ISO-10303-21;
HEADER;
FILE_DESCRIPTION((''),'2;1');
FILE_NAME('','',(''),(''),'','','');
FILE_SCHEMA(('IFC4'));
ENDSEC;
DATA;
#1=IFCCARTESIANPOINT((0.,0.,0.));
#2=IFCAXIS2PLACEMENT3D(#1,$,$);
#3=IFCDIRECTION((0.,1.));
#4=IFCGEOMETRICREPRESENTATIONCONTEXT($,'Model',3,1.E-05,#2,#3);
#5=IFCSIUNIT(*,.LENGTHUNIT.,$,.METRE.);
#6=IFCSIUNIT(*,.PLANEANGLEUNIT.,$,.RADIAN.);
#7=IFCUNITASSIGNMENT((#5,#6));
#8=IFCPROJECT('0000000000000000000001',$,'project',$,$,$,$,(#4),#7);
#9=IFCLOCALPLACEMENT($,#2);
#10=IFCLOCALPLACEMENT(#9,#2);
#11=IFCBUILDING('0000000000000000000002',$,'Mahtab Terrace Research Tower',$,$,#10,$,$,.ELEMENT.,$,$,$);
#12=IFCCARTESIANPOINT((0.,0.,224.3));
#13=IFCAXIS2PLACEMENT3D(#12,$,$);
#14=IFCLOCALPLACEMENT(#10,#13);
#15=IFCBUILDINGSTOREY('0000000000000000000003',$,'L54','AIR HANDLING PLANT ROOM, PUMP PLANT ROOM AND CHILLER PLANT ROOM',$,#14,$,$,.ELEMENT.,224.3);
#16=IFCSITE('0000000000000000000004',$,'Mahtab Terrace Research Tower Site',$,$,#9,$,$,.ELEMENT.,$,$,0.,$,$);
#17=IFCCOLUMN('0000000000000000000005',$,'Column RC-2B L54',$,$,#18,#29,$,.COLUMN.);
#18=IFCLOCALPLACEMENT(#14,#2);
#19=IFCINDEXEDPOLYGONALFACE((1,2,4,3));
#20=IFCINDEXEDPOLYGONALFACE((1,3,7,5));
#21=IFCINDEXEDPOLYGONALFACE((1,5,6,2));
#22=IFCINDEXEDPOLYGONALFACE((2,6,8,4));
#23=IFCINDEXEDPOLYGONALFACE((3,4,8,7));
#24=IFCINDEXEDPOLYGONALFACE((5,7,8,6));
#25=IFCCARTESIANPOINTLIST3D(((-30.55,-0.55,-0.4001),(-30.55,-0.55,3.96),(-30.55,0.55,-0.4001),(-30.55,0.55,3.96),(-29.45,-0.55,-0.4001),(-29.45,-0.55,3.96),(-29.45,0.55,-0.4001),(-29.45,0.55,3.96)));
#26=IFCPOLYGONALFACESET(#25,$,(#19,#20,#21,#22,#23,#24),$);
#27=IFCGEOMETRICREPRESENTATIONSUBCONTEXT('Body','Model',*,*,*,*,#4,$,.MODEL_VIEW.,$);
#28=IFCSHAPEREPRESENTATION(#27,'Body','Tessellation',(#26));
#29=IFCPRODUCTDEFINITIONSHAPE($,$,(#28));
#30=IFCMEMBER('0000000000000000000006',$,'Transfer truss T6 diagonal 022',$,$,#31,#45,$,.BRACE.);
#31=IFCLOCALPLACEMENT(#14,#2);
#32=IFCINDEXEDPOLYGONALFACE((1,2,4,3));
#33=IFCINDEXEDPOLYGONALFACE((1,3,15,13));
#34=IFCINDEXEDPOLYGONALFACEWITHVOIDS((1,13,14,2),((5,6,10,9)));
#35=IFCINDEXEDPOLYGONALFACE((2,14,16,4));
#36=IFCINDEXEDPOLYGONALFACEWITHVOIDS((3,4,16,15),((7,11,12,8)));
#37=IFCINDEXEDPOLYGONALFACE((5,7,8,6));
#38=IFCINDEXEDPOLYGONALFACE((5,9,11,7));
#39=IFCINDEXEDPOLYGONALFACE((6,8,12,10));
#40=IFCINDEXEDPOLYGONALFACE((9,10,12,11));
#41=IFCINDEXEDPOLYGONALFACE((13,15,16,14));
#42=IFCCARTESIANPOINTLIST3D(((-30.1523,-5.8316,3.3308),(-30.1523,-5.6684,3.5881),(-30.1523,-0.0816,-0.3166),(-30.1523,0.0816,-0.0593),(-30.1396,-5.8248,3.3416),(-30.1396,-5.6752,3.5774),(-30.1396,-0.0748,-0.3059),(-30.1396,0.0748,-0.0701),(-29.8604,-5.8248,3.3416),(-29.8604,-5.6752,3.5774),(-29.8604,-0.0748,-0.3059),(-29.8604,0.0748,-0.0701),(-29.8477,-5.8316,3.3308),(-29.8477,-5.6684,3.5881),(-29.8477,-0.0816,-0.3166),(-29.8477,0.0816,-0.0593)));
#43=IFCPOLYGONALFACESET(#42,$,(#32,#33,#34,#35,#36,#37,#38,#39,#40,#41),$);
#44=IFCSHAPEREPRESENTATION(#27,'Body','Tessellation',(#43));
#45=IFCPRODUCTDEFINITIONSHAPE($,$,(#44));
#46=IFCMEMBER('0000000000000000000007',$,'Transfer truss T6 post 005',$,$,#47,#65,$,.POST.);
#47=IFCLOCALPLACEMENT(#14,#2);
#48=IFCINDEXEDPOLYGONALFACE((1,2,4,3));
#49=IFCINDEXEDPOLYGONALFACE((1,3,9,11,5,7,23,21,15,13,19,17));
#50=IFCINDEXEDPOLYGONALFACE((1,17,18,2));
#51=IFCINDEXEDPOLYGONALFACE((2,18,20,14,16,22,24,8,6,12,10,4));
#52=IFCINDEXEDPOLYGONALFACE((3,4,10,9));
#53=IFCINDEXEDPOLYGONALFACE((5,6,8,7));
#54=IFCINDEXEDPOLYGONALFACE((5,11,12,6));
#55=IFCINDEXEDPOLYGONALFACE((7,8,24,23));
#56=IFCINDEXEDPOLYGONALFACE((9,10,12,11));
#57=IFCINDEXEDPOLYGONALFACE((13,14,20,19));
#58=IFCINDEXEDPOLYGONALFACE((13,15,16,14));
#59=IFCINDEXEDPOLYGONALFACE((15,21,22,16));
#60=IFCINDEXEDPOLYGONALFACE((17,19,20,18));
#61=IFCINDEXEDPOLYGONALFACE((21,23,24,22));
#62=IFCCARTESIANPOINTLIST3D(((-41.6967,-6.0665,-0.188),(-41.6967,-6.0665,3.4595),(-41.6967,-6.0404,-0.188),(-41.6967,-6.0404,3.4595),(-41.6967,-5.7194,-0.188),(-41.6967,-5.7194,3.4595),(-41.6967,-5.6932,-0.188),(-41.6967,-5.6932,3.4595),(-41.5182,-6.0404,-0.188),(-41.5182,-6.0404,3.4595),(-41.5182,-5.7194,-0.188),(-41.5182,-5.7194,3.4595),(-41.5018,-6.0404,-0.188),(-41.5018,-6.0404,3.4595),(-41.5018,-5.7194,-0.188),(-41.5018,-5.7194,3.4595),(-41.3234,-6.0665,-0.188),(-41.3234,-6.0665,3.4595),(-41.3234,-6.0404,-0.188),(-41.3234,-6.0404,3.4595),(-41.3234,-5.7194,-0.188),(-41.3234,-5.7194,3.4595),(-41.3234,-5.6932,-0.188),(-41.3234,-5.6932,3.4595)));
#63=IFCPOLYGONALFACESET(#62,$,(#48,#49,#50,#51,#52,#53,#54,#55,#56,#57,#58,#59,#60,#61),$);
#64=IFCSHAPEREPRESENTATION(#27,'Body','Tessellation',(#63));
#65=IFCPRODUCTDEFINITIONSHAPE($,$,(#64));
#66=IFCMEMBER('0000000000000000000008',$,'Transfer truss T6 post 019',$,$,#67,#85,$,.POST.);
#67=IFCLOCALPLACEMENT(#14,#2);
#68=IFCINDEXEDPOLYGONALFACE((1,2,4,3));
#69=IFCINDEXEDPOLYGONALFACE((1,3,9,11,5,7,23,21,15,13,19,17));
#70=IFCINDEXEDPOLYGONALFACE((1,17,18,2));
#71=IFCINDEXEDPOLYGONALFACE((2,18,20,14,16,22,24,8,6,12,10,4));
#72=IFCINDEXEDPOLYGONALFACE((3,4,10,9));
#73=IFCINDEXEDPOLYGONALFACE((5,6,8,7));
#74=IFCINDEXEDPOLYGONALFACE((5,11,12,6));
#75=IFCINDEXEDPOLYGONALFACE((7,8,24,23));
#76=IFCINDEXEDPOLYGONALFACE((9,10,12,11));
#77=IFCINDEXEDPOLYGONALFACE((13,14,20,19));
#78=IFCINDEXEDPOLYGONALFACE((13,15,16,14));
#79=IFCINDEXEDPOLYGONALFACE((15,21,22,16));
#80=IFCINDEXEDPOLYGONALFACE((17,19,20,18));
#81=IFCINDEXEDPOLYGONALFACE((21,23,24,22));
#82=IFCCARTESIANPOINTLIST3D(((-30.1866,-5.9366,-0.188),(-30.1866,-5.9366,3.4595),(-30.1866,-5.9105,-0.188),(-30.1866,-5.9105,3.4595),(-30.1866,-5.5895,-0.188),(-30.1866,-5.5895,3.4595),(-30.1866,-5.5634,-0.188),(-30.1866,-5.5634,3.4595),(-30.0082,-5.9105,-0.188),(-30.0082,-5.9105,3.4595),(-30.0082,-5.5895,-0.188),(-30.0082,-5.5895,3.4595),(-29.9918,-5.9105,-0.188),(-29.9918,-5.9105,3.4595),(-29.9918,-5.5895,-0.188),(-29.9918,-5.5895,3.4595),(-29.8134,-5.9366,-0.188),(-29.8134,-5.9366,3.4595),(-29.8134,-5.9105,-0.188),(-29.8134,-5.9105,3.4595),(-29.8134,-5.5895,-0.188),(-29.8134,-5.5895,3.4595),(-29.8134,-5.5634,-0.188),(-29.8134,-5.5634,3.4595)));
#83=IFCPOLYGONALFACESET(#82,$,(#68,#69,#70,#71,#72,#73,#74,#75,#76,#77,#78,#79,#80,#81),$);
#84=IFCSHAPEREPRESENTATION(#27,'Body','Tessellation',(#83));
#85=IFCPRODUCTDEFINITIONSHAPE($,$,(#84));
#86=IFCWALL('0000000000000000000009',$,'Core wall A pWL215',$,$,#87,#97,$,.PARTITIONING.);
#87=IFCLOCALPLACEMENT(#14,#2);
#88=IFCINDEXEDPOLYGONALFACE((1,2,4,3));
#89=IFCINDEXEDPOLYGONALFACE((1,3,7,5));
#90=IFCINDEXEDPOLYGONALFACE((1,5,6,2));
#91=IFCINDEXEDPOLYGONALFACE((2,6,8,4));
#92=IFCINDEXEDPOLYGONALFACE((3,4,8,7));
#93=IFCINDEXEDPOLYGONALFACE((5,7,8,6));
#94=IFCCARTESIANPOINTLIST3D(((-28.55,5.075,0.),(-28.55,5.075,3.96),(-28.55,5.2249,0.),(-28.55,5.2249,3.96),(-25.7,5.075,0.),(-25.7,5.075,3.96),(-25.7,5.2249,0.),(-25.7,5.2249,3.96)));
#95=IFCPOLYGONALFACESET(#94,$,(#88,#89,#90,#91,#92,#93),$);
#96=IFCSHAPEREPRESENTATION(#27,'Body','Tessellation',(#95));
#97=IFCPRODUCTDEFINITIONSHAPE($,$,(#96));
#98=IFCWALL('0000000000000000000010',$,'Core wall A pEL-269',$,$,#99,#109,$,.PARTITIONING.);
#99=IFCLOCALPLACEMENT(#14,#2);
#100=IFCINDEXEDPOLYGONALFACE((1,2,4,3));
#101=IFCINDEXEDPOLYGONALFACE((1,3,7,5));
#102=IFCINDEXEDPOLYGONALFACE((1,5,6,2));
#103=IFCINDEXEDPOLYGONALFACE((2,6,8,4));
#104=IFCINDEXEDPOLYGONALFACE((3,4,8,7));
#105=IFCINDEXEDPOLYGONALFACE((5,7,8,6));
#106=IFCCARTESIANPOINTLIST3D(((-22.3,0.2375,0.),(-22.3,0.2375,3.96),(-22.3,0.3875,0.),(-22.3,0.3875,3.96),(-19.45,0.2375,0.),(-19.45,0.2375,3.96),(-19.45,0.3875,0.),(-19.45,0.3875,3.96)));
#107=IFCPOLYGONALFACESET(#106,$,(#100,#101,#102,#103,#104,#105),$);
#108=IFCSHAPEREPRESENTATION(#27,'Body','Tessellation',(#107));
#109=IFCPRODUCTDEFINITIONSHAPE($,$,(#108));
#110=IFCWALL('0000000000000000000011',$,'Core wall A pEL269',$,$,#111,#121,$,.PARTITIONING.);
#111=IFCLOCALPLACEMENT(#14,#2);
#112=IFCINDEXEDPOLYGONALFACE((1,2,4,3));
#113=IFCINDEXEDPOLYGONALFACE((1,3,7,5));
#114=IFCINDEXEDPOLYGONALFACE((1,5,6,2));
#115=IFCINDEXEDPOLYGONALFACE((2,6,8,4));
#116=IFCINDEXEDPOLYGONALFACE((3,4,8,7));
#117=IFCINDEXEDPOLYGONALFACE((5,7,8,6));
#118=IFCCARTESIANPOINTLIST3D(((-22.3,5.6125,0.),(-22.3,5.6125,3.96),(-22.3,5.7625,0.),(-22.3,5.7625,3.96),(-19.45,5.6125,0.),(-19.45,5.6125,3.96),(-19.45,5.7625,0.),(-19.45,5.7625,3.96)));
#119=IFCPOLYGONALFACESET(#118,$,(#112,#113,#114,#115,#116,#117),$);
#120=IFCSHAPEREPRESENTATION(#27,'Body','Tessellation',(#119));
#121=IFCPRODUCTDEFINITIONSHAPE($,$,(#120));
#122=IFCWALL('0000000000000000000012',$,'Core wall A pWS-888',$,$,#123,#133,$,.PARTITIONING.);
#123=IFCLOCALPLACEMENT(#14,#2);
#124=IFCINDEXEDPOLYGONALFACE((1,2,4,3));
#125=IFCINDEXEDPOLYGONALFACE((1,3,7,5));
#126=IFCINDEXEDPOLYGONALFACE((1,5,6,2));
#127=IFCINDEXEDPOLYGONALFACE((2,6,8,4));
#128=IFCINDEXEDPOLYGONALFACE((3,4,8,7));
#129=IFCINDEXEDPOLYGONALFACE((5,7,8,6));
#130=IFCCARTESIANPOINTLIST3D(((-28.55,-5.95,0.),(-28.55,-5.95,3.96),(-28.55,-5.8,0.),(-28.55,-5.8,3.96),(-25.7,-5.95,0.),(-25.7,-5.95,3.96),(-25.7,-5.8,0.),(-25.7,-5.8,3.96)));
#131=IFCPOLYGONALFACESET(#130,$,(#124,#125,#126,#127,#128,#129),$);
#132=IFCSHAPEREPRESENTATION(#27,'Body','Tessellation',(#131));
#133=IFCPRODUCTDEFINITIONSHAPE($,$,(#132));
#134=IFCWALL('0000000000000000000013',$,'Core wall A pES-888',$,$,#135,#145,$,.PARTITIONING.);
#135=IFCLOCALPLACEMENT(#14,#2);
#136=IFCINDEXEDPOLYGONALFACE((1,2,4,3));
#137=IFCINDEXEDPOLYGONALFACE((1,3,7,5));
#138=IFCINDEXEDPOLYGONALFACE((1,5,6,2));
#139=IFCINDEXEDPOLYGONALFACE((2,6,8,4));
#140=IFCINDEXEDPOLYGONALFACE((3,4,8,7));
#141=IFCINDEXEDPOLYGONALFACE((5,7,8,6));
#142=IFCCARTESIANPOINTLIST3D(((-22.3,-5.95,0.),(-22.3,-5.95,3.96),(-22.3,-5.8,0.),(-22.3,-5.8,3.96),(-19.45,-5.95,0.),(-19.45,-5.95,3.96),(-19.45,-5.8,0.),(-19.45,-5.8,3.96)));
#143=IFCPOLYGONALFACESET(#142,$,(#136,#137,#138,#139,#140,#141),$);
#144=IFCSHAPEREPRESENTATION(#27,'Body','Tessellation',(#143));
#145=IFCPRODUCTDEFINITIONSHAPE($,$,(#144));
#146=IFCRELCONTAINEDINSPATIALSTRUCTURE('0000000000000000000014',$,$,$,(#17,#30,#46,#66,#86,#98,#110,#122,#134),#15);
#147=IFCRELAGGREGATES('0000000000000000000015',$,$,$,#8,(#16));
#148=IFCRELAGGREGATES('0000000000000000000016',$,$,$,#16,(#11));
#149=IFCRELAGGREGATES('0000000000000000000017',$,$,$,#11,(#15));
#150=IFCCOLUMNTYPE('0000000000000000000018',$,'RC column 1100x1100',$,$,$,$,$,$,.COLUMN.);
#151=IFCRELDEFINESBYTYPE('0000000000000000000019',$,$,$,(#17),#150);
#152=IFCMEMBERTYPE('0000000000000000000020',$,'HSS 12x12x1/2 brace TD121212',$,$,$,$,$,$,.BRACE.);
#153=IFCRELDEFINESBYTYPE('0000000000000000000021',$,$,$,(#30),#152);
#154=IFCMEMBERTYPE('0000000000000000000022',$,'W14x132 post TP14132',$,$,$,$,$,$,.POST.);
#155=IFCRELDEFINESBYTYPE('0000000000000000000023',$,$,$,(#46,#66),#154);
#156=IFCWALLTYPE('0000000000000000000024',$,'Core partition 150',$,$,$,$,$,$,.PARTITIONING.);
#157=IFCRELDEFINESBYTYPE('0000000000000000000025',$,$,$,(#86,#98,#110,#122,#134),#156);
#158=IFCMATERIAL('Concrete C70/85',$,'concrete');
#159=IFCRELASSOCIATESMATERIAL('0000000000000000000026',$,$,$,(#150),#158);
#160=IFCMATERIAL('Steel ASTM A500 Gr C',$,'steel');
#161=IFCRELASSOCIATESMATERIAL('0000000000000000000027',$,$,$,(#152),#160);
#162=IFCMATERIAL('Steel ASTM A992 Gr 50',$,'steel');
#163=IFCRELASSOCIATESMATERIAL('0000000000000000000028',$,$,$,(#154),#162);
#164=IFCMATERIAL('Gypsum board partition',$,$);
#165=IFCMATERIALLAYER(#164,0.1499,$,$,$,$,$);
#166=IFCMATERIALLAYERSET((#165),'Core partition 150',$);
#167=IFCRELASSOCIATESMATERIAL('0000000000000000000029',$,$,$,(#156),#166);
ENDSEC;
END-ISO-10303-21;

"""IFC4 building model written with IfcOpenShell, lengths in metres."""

from ifc_helpers import new_model, si_unit, direction, frame, frame_2d, origin, origin_2d, place, context, subcontext, project, spatial, rectangle, hollow_rectangle, i_section, extrude, material, layer, layer_set, material_profile, profile_set, type_object, element, save


model = new_model("IFC4")

# Units and contexts
model_context = context("Model", 3, precision=1e-05, world=origin(), true_north=direction((0.0, 1.0)))
body_context = subcontext(model_context, "Body", "Model", "MODEL_VIEW")
ifc_project = project(units=[si_unit("LENGTHUNIT", "METRE"), si_unit("PLANEANGLEUNIT", "RADIAN")], contexts=[model_context])

# Site, building, storey
site_placement = place(None, origin())
site = spatial("IfcSite", under=ifc_project, at=site_placement, Name="Mahtab Terrace Research Tower Site", CompositionType="ELEMENT", RefElevation=0.0)
building_placement = place(site_placement, origin())
building = spatial("IfcBuilding", under=site, at=building_placement, Name="Mahtab Terrace Research Tower", CompositionType="ELEMENT")
storey_placement = place(building_placement, frame((0.0, 0.0, 224.3)))
storey = spatial("IfcBuildingStorey", under=building, at=storey_placement, Name="L54", Description="AIR HANDLING PLANT ROOM, PUMP PLANT ROOM AND CHILLER PLANT ROOM", CompositionType="ELEMENT", Elevation=224.3)

# Column
ifc_material_1 = material(Name="Concrete C70/85", Category="concrete")
ifc_material_profile_1 = material_profile(ifc_material_1, rectangle(XDim=1.1001, YDim=1.1001, at=origin_2d()), Name="RC column 1100x1100")
ifc_profile_set_1 = profile_set([ifc_material_profile_1], Name="Concrete C70/85")
column_type = type_object("IfcColumnType", Name="RC column 1100x1100", PredefinedType="COLUMN", material=ifc_profile_set_1)
column_placement = place(storey_placement, frame((-30.0, 0.0, -0.4001), z_axis=(0.0, 0.0, 1.0), x_axis=(1.0, 0.0, 0.0)))
element("IfcColumn", 1, at=column_placement, inside=storey, type_object=column_type, Name="Column RC-2B L54", PredefinedType="COLUMN", context=body_context, shape_type="SweptSolid", body=[
    extrude(rectangle(XDim=1.1001, YDim=1.1001, at=origin_2d()), origin(), (0.0, 0.0, 1.0), 4.3601),
])

# Members
ifc_material_2 = material(Name="Steel ASTM A500 Gr C", Category="steel")
ifc_material_profile_2 = material_profile(ifc_material_2, hollow_rectangle(XDim=0.3047, YDim=0.3047, WallThickness=0.0127, at=origin_2d()), Name="HSS12X12X1/2")
ifc_profile_set_2 = profile_set([ifc_material_profile_2], Name="Steel ASTM A500 Gr C")
member_type_1 = type_object("IfcMemberType", Name="HSS 12x12x1/2 brace TD121212", PredefinedType="BRACE", material=ifc_profile_set_2)
member_placement = place(storey_placement, frame((-30.0, 0.0, -0.188), z_axis=(0.0, -0.844434, 0.535659), x_axis=(1.0, 0.0, 0.0)))
element("IfcMember", 2, at=member_placement, inside=storey, type_object=member_type_1, Name="Transfer truss T6 diagonal 022", PredefinedType="BRACE", context=body_context, shape_type="SweptSolid", body=[
    extrude(hollow_rectangle(XDim=0.3047, YDim=0.3047, WallThickness=0.0127, at=origin_2d()), origin(), (0.0, 0.0, 1.0), 6.8093),
])
ifc_material_3 = material(Name="Steel ASTM A992 Gr 50", Category="steel")
ifc_material_profile_3 = material_profile(ifc_material_3, i_section(OverallWidth=0.3733, OverallDepth=0.3733, WebThickness=0.0164, FlangeThickness=0.0261, at=origin_2d()), Name="W14X132")
ifc_profile_set_3 = profile_set([ifc_material_profile_3], Name="Steel ASTM A992 Gr 50")
member_type_2 = type_object("IfcMemberType", Name="W14x132 post TP14132", PredefinedType="POST", material=ifc_profile_set_3)
for number, where, z_axis, x_axis, name in (
    (3, (-41.51, -5.8799, -0.188), (0.0, 0.0, 1.0), (1.0, 0.0, 0.0), "Transfer truss T6 post 005"),
    (4, (-30.0, -5.75, -0.188), (0.0, 0.0, 1.0), (1.0, 0.0, 0.0), "Transfer truss T6 post 019"),
):
    element("IfcMember", number, at=place(storey_placement, frame(where, z_axis=z_axis, x_axis=x_axis)), inside=storey, type_object=member_type_2, Name=name, PredefinedType="POST", context=body_context, shape_type="SweptSolid", body=[
        extrude(i_section(OverallWidth=0.3733, OverallDepth=0.3733, WebThickness=0.0164, FlangeThickness=0.0261, at=origin_2d()), origin(), (0.0, 0.0, 1.0), 3.6475),
    ])

# Walls
ifc_material_4 = material(Name="Gypsum board partition")
ifc_layer_1 = layer(ifc_material_4, 0.1499)
ifc_layer_set_1 = layer_set([ifc_layer_1], Name="Core partition 150")
wall_type_1 = type_object("IfcWallType", Name="Core partition 150", PredefinedType="PARTITIONING", material=ifc_layer_set_1)
for number, where, z_axis, x_axis, name in (
    (5, (-28.55, 5.1499, 0.0), (0.0, 0.0, 1.0), (1.0, 0.0, 0.0), "Core wall A pWL215"),
    (6, (-22.3, 0.3125, 0.0), (0.0, 0.0, 1.0), (1.0, 0.0, 0.0), "Core wall A pEL-269"),
    (7, (-22.3, 5.6875, 0.0), (0.0, 0.0, 1.0), (1.0, 0.0, 0.0), "Core wall A pEL269"),
    (8, (-28.55, -5.875, 0.0), (0.0, 0.0, 1.0), (1.0, 0.0, 0.0), "Core wall A pWS-888"),
    (9, (-22.3, -5.875, 0.0), (0.0, 0.0, 1.0), (1.0, 0.0, 0.0), "Core wall A pES-888"),
):
    element("IfcWall", number, at=place(storey_placement, frame(where, z_axis=z_axis, x_axis=x_axis)), inside=storey, type_object=wall_type_1, Name=name, PredefinedType="PARTITIONING", context=body_context, shape_type="SweptSolid", body=[
        extrude(rectangle(XDim=2.8501, YDim=0.1499, at=frame_2d((1.425, 0.0))), origin(), (0.0, 0.0, 1.0), 3.96),
    ])

save(model, "model.ifc")
